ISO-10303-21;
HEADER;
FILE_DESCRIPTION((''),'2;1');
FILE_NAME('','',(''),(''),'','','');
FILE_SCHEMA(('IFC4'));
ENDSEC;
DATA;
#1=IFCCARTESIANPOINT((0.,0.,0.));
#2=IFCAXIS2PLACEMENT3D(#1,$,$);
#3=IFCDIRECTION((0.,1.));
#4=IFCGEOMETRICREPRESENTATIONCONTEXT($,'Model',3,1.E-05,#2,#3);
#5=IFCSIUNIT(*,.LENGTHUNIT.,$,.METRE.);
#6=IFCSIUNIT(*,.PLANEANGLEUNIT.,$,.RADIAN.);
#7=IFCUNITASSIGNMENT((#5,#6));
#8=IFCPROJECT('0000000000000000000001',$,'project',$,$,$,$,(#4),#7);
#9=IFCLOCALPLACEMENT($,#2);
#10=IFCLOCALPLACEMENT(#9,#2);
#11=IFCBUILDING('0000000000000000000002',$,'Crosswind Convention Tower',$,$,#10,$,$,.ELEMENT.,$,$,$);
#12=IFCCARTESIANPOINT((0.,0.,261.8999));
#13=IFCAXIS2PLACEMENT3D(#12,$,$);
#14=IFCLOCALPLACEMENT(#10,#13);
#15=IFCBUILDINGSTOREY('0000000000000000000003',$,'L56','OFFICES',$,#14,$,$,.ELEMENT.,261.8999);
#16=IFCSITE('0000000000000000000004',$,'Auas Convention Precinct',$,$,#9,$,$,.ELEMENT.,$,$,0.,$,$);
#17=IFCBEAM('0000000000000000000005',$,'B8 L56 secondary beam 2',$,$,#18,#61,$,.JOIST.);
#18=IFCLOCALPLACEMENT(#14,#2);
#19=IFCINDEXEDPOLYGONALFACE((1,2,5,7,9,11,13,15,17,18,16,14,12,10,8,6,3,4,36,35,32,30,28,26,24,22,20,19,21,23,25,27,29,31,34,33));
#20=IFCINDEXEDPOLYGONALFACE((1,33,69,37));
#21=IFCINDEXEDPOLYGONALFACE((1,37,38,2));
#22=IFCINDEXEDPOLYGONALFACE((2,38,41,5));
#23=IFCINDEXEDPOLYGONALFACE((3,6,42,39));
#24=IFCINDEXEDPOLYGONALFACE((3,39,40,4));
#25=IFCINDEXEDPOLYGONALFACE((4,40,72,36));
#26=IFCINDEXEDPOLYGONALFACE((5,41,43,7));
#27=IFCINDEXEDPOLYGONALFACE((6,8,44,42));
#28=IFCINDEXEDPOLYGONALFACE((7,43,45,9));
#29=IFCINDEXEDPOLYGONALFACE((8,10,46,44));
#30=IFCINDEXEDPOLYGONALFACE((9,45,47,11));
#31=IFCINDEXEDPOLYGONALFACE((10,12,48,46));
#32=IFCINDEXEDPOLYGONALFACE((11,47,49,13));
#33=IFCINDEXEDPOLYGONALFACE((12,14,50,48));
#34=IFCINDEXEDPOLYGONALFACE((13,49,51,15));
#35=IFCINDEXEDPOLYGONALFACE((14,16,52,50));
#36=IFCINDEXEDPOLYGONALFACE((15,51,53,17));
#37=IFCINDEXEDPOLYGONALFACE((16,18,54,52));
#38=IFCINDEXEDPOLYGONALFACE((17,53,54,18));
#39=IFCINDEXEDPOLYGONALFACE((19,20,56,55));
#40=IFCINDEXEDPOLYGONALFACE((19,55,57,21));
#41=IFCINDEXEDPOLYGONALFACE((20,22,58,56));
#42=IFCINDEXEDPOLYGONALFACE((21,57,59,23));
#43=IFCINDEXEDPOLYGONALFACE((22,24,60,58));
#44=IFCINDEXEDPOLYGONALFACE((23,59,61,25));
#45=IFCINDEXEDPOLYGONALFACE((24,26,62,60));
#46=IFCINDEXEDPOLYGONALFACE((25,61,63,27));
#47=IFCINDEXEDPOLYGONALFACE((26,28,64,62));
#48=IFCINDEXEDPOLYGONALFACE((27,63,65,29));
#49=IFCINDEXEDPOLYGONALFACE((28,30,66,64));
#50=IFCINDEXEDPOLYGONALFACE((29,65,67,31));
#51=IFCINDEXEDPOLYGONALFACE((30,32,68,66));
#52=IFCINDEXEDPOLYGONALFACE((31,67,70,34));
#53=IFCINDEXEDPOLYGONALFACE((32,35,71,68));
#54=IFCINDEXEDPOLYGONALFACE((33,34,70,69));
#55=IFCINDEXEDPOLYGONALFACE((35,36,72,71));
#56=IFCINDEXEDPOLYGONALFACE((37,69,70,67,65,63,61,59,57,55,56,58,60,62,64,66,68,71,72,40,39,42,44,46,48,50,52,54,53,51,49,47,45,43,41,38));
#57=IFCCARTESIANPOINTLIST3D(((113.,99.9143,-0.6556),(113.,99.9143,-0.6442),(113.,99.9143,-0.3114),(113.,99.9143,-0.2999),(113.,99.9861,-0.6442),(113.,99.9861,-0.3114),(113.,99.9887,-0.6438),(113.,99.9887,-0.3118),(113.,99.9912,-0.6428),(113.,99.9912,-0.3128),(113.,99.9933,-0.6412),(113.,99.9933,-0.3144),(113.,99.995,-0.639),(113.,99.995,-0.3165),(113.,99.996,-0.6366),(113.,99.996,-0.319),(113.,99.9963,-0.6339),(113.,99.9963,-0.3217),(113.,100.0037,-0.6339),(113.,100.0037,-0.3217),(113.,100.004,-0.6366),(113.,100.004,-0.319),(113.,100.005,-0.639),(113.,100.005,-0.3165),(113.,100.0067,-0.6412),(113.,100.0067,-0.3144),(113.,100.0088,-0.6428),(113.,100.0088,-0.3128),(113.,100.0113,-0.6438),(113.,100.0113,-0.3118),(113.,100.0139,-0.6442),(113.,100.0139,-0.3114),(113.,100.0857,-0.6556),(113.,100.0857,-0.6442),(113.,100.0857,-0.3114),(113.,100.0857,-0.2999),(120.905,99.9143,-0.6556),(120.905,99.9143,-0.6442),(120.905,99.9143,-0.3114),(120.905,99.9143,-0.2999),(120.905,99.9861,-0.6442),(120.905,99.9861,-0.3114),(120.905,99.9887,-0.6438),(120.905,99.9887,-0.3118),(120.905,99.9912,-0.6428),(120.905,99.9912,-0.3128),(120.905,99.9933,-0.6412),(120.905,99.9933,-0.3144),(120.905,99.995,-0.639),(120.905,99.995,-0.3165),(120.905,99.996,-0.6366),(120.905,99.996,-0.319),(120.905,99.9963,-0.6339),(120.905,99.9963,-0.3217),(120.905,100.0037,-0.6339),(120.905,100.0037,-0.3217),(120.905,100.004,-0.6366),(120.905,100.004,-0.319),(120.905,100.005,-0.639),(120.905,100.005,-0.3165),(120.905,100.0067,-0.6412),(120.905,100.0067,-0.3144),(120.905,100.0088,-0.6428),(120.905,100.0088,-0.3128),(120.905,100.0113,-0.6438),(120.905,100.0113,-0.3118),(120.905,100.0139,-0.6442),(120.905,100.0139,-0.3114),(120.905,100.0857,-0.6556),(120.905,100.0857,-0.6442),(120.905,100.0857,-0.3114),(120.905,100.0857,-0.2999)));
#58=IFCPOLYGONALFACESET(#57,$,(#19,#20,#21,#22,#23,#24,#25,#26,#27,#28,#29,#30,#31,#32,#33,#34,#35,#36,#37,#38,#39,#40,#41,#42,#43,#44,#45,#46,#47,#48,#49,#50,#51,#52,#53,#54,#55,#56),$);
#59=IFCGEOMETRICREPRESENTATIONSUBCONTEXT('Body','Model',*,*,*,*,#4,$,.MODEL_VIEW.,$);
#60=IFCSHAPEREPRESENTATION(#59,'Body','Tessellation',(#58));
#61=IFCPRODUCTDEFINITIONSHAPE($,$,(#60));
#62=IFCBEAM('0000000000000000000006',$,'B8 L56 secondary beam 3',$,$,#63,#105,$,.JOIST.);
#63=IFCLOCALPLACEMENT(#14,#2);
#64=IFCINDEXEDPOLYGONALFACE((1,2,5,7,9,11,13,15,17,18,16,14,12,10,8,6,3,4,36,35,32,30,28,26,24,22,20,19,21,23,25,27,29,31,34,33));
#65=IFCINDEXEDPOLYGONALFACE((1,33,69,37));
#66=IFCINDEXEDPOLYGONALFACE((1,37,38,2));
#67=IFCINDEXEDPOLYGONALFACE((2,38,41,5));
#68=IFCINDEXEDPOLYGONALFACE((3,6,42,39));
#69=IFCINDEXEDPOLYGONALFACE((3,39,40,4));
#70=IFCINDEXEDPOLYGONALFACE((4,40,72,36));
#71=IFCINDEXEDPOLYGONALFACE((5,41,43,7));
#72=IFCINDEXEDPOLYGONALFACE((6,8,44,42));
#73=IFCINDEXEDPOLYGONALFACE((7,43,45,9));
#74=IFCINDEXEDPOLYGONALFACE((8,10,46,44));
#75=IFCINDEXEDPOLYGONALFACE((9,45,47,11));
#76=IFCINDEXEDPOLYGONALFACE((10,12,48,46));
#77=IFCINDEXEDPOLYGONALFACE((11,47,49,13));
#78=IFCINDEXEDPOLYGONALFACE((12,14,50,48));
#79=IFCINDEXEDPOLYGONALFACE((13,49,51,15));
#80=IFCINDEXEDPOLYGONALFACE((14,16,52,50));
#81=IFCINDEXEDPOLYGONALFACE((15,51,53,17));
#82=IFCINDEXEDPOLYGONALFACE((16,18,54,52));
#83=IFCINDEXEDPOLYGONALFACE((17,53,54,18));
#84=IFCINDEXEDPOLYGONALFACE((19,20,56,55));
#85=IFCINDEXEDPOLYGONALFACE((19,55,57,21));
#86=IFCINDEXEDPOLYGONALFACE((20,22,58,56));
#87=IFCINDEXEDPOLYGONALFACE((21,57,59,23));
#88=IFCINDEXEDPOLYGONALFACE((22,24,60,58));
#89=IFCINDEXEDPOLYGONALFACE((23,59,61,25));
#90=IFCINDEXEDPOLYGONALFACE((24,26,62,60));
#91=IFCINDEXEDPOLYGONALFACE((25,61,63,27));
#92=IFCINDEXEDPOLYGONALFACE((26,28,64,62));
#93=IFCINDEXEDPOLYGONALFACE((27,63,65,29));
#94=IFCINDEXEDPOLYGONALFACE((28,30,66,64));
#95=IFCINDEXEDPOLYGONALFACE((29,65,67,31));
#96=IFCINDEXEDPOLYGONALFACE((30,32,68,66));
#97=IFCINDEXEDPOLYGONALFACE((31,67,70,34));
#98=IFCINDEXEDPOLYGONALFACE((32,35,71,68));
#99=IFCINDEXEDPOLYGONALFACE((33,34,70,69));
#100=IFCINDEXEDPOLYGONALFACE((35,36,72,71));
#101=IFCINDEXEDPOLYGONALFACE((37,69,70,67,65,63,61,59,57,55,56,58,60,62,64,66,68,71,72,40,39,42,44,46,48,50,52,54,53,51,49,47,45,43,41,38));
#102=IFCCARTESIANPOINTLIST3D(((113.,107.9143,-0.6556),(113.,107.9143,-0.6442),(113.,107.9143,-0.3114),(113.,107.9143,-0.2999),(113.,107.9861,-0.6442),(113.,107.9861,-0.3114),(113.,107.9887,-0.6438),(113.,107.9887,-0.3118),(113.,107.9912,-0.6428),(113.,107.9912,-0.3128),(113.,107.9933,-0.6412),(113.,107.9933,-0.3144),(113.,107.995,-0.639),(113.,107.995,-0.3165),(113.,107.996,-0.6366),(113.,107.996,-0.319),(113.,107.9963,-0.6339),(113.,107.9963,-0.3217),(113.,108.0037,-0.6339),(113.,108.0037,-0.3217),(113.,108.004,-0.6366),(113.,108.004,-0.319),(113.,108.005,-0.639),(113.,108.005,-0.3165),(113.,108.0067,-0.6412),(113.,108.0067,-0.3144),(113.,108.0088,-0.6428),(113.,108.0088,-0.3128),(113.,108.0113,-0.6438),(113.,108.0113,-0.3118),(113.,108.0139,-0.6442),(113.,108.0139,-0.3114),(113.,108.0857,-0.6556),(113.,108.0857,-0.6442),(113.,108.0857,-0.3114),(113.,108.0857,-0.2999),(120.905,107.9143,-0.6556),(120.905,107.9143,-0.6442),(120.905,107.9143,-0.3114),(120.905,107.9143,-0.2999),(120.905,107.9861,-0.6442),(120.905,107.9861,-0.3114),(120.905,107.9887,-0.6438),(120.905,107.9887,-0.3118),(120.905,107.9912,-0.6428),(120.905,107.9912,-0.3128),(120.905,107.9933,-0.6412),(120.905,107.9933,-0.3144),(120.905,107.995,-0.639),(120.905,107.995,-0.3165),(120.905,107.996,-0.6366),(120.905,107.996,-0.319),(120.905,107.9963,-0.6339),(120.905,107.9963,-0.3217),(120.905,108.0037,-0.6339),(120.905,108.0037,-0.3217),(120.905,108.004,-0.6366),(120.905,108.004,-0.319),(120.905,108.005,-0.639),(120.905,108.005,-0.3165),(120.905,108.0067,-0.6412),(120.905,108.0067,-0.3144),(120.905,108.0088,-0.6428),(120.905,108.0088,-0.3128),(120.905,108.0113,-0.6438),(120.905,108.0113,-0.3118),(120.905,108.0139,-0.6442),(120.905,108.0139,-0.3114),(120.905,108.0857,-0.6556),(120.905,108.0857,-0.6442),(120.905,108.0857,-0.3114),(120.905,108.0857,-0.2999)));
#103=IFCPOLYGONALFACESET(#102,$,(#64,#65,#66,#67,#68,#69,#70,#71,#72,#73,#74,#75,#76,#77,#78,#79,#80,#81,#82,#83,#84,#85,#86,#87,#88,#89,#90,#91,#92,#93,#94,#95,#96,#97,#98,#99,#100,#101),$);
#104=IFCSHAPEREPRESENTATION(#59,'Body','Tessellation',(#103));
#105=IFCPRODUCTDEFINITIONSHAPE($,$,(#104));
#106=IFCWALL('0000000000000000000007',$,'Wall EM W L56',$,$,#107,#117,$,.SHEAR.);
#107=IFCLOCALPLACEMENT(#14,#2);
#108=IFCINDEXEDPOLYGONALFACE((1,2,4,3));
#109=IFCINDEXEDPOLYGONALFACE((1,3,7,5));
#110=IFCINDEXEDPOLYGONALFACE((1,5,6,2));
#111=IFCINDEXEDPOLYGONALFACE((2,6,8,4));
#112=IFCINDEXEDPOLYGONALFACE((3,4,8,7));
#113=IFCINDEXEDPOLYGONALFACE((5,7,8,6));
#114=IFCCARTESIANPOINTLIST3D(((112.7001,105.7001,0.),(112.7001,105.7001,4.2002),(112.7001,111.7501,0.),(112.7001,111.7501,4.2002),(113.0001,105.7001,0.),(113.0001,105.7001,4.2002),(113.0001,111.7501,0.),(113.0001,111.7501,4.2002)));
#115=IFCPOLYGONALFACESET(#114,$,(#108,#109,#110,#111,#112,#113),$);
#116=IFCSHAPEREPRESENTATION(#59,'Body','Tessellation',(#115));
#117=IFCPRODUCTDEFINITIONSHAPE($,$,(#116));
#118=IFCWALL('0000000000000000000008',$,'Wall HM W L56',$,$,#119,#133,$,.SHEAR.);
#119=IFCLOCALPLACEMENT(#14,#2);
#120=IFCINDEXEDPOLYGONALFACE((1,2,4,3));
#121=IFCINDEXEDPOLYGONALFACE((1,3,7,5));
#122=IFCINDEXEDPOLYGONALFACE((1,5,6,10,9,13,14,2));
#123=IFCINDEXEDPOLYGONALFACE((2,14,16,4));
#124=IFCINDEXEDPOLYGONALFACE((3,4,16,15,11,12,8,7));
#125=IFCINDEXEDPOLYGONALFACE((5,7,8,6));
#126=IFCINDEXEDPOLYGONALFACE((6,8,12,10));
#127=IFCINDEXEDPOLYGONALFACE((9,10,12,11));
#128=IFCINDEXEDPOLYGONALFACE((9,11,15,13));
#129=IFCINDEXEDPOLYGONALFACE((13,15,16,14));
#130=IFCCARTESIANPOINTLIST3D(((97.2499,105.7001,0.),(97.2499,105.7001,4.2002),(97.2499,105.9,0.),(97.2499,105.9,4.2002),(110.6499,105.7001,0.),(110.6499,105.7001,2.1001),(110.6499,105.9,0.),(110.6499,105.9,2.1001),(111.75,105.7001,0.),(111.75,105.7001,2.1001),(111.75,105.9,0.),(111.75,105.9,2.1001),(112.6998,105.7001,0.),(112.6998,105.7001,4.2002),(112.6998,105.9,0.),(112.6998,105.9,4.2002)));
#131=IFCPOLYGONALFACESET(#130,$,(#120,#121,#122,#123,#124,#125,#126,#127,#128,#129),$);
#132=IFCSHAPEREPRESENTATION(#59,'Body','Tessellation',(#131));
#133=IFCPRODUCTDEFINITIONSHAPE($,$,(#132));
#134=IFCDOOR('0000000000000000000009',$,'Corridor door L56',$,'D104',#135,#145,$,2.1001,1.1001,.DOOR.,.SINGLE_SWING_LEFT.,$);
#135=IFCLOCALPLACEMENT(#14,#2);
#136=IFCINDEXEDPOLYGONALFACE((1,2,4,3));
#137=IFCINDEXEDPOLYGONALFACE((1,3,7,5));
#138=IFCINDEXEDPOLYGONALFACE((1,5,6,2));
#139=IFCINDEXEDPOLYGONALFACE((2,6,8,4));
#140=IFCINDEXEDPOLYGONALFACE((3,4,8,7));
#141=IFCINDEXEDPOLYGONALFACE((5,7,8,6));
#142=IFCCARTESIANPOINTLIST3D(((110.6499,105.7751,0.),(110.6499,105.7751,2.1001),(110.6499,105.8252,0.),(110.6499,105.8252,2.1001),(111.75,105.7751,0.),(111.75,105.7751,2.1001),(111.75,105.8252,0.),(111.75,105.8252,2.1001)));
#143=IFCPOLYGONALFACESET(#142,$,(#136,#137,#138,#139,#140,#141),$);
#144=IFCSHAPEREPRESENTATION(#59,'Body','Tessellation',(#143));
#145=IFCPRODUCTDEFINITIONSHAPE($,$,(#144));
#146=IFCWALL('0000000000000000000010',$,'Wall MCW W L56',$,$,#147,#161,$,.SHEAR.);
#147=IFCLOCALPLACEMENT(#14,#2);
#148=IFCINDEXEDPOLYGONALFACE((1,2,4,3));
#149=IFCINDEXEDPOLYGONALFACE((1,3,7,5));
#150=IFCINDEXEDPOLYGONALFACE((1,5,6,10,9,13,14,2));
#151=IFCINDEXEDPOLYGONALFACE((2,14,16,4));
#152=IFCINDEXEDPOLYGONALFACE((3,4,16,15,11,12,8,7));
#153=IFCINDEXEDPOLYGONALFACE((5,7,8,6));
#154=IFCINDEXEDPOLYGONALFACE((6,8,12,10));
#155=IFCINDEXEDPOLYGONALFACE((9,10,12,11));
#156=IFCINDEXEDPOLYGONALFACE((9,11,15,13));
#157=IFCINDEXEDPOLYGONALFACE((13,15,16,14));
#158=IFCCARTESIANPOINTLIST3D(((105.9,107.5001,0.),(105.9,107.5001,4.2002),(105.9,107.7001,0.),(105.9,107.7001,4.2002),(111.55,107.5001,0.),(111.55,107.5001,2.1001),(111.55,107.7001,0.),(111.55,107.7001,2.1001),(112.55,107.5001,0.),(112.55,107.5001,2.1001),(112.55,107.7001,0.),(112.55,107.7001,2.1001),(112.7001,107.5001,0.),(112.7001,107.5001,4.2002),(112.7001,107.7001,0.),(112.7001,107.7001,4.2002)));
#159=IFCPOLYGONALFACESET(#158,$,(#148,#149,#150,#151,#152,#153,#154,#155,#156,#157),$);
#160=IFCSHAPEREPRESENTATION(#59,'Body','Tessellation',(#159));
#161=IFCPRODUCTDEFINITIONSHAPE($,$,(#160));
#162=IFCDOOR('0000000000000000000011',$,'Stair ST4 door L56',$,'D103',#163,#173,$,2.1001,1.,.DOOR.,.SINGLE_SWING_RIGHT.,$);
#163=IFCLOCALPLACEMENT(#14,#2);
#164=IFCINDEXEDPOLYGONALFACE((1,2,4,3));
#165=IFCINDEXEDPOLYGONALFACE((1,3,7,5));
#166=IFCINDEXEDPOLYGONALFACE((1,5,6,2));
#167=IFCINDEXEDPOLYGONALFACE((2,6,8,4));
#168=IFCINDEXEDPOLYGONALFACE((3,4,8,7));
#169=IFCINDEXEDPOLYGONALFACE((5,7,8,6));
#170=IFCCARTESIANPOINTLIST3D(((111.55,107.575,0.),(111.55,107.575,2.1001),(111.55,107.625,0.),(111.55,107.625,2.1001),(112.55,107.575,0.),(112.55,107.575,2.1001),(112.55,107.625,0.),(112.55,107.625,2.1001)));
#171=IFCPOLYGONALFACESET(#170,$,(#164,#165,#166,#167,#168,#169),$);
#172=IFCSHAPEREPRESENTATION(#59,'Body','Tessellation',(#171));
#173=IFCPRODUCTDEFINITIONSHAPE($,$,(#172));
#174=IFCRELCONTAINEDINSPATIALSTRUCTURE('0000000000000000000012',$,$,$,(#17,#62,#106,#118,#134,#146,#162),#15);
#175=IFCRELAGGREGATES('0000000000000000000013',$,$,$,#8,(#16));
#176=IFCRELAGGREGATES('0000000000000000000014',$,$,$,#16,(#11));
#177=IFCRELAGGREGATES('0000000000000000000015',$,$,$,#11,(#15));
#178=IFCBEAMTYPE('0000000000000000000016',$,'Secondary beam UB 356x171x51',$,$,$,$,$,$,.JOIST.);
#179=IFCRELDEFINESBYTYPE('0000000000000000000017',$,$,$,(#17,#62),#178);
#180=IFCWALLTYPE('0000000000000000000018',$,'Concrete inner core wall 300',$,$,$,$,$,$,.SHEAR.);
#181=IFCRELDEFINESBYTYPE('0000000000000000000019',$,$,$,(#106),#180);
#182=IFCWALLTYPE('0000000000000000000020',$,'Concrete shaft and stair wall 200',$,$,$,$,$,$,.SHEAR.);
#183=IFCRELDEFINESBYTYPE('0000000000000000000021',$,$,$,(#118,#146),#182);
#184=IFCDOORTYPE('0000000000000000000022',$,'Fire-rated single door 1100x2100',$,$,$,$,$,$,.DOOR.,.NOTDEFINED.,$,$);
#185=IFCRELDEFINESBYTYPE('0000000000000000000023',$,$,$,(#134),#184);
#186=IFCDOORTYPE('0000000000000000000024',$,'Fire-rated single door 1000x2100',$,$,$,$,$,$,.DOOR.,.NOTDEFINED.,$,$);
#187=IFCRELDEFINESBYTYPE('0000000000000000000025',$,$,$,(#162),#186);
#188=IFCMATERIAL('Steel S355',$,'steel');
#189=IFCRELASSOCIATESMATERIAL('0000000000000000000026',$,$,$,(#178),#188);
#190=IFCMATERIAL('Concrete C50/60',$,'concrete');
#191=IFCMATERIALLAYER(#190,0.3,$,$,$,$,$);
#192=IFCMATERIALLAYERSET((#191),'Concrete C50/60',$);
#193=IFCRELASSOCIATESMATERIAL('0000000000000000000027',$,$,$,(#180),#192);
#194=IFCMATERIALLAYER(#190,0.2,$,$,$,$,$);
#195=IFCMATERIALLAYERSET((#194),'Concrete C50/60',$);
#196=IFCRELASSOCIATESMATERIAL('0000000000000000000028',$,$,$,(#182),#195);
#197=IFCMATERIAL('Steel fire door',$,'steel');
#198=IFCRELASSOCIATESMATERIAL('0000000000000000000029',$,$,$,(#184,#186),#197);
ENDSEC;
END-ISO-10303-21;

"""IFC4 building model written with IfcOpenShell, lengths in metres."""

from ifc_helpers import new_model, si_unit, direction, frame, frame_2d, origin, origin_2d, place, context, subcontext, project, spatial, rectangle, i_section, extrude, material, layer, layer_set, material_profile, profile_set, type_object, element, fill, save


model = new_model("IFC4")

# Units and contexts
model_context = context("Model", 3, precision=1e-05, world=origin(), true_north=direction((0.0, 1.0)))
body_context = subcontext(model_context, "Body", "Model", "MODEL_VIEW")
ifc_project = project(units=[si_unit("LENGTHUNIT", "METRE"), si_unit("PLANEANGLEUNIT", "RADIAN")], contexts=[model_context])

# Site, building, storey
site_placement = place(None, origin())
site = spatial("IfcSite", under=ifc_project, at=site_placement, Name="Auas Convention Precinct", CompositionType="ELEMENT", RefElevation=0.0)
building_placement = place(site_placement, origin())
building = spatial("IfcBuilding", under=site, at=building_placement, Name="Crosswind Convention Tower", CompositionType="ELEMENT")
storey_placement = place(building_placement, frame((0.0, 0.0, 261.8999)))
storey = spatial("IfcBuildingStorey", under=building, at=storey_placement, Name="L56", Description="OFFICES", CompositionType="ELEMENT", Elevation=261.8999)

# Beams
ifc_material_1 = material(Name="Steel S355", Category="steel")
ifc_material_profile_1 = material_profile(ifc_material_1, i_section(OverallWidth=0.1714, OverallDepth=0.3557, WebThickness=0.0073, FlangeThickness=0.0115, FilletRadius=0.0103, at=origin_2d()), Name="UB 356x171x51")
ifc_profile_set_1 = profile_set([ifc_material_profile_1], Name="Steel S355")
beam_type_1 = type_object("IfcBeamType", Name="Secondary beam UB 356x171x51", PredefinedType="JOIST", material=ifc_profile_set_1)
for number, where, z_axis, x_axis, name in (
    (1, (113.0, 100.0, -0.4778), (1.0, 0.0, 0.0), (0.0, 1.0, 0.0), "B8 L56 secondary beam 2"),
    (2, (113.0, 108.0, -0.4778), (1.0, 0.0, 0.0), (0.0, 1.0, 0.0), "B8 L56 secondary beam 3"),
):
    element("IfcBeam", number, at=place(storey_placement, frame(where, z_axis=z_axis, x_axis=x_axis)), inside=storey, type_object=beam_type_1, Name=name, PredefinedType="JOIST", context=body_context, shape_type="SweptSolid", body=[
        extrude(i_section(OverallWidth=0.1714, OverallDepth=0.3557, WebThickness=0.0073, FlangeThickness=0.0115, FilletRadius=0.0103, at=origin_2d()), origin(), (0.0, 0.0, 1.0), 7.905),
    ])

# Shared definitions
ifc_material_2 = material(Name="Concrete C50/60", Category="concrete")
ifc_layer_1 = layer(ifc_material_2, 0.3)
ifc_layer_set_1 = layer_set([ifc_layer_1], Name="Concrete C50/60")
wall_type_1 = type_object("IfcWallType", Name="Concrete inner core wall 300", PredefinedType="SHEAR", material=ifc_layer_set_1)

# Wall
wall_1_placement = place(storey_placement, frame((112.8501, 111.75, 0.0), z_axis=(0.0, 0.0, 1.0), x_axis=(0.0, -1.0, 0.0)))
element("IfcWall", 3, at=wall_1_placement, inside=storey, type_object=wall_type_1, Name="Wall EM W L56", PredefinedType="SHEAR", context=body_context, shape_type="SweptSolid", body=[
    extrude(rectangle(XDim=6.05, YDim=0.3, at=frame_2d((3.0249, 0.0))), origin(), (0.0, 0.0, 1.0), 4.2002),
])

# Walls, openings, doors
ifc_layer_2 = layer(ifc_material_2, 0.2)
ifc_layer_set_2 = layer_set([ifc_layer_2], Name="Concrete C50/60")
wall_type_2 = type_object("IfcWallType", Name="Concrete shaft and stair wall 200", PredefinedType="SHEAR", material=ifc_layer_set_2)
wall_2_placement = place(storey_placement, frame((112.7, 105.8, 0.0), z_axis=(0.0, 0.0, 1.0), x_axis=(-1.0, 0.0, 0.0)))
wall_2 = element("IfcWall", 4, at=wall_2_placement, inside=storey, type_object=wall_type_2, Name="Wall HM W L56", PredefinedType="SHEAR", context=body_context, shape_type="SweptSolid", body=[
    extrude(rectangle(XDim=15.45, YDim=0.2, at=frame_2d((7.7251, 0.0))), origin(), (0.0, 0.0, 1.0), 4.2002),
])
opening_1_placement = place(wall_2_placement, frame((0.95, 0.0, 0.0)))
opening_1 = element("IfcOpeningElement", 5, at=opening_1_placement, cuts=wall_2, PredefinedType="OPENING", context=body_context, shape_type="SweptSolid", body=[
    extrude(rectangle(XDim=1.1001, YDim=2.1001, at=frame_2d((0.55, 1.05))), frame((0.0, 0.1099, 0.0), z_axis=(0.0, -1.0, 0.0), x_axis=(1.0, 0.0, 0.0)), (0.0, 0.0, 1.0), 0.22),
])
ifc_material_3 = material(Name="Steel fire door", Category="steel")
door_type_1 = type_object("IfcDoorType", Name="Fire-rated single door 1100x2100", OperationType="NOTDEFINED", PredefinedType="DOOR", material=ifc_material_3)
door_1_placement = place(opening_1_placement, origin())
door_1 = element("IfcDoor", 6, at=door_1_placement, inside=storey, type_object=door_type_1, Name="Corridor door L56", ObjectType="D104", OperationType="SINGLE_SWING_LEFT", OverallHeight=2.1001, OverallWidth=1.1001, PredefinedType="DOOR", context=body_context, shape_type="SweptSolid", body=[
    extrude(rectangle(XDim=1.1001, YDim=2.1001, at=frame_2d((0.55, 1.05))), frame((0.0, 0.0249, 0.0), z_axis=(0.0, -1.0, 0.0), x_axis=(1.0, 0.0, 0.0)), (0.0, 0.0, 1.0), 0.05),
])
fill(opening_1, door_1)
wall_3_placement = place(storey_placement, frame((112.7, 107.6001, 0.0), z_axis=(0.0, 0.0, 1.0), x_axis=(-1.0, 0.0, 0.0)))
wall_3 = element("IfcWall", 7, at=wall_3_placement, inside=storey, type_object=wall_type_2, Name="Wall MCW W L56", PredefinedType="SHEAR", context=body_context, shape_type="SweptSolid", body=[
    extrude(rectangle(XDim=6.8, YDim=0.2, at=frame_2d((3.3999, 0.0))), origin(), (0.0, 0.0, 1.0), 4.2002),
])
opening_2_placement = place(wall_3_placement, frame((0.1499, 0.0, 0.0)))
opening_2 = element("IfcOpeningElement", 8, at=opening_2_placement, cuts=wall_3, PredefinedType="OPENING", context=body_context, shape_type="SweptSolid", body=[
    extrude(rectangle(XDim=1.0, YDim=2.1001, at=frame_2d((0.5, 1.05))), frame((0.0, 0.1099, 0.0), z_axis=(0.0, -1.0, 0.0), x_axis=(1.0, 0.0, 0.0)), (0.0, 0.0, 1.0), 0.22),
])
door_type_2 = type_object("IfcDoorType", Name="Fire-rated single door 1000x2100", OperationType="NOTDEFINED", PredefinedType="DOOR", material=ifc_material_3)
door_2_placement = place(opening_2_placement, frame((1.0, 0.0, 0.0), z_axis=(0.0, 0.0, 1.0), x_axis=(-1.0, 0.0, 0.0)))
door_2 = element("IfcDoor", 9, at=door_2_placement, inside=storey, type_object=door_type_2, Name="Stair ST4 door L56", ObjectType="D103", OperationType="SINGLE_SWING_RIGHT", OverallHeight=2.1001, OverallWidth=1.0, PredefinedType="DOOR", context=body_context, shape_type="SweptSolid", body=[
    extrude(rectangle(XDim=1.0, YDim=2.1001, at=frame_2d((0.5, 1.05))), frame((0.0, 0.0249, 0.0), z_axis=(0.0, -1.0, 0.0), x_axis=(1.0, 0.0, 0.0)), (0.0, 0.0, 1.0), 0.05),
])
fill(opening_2, door_2)

save(model, "model.ifc")
